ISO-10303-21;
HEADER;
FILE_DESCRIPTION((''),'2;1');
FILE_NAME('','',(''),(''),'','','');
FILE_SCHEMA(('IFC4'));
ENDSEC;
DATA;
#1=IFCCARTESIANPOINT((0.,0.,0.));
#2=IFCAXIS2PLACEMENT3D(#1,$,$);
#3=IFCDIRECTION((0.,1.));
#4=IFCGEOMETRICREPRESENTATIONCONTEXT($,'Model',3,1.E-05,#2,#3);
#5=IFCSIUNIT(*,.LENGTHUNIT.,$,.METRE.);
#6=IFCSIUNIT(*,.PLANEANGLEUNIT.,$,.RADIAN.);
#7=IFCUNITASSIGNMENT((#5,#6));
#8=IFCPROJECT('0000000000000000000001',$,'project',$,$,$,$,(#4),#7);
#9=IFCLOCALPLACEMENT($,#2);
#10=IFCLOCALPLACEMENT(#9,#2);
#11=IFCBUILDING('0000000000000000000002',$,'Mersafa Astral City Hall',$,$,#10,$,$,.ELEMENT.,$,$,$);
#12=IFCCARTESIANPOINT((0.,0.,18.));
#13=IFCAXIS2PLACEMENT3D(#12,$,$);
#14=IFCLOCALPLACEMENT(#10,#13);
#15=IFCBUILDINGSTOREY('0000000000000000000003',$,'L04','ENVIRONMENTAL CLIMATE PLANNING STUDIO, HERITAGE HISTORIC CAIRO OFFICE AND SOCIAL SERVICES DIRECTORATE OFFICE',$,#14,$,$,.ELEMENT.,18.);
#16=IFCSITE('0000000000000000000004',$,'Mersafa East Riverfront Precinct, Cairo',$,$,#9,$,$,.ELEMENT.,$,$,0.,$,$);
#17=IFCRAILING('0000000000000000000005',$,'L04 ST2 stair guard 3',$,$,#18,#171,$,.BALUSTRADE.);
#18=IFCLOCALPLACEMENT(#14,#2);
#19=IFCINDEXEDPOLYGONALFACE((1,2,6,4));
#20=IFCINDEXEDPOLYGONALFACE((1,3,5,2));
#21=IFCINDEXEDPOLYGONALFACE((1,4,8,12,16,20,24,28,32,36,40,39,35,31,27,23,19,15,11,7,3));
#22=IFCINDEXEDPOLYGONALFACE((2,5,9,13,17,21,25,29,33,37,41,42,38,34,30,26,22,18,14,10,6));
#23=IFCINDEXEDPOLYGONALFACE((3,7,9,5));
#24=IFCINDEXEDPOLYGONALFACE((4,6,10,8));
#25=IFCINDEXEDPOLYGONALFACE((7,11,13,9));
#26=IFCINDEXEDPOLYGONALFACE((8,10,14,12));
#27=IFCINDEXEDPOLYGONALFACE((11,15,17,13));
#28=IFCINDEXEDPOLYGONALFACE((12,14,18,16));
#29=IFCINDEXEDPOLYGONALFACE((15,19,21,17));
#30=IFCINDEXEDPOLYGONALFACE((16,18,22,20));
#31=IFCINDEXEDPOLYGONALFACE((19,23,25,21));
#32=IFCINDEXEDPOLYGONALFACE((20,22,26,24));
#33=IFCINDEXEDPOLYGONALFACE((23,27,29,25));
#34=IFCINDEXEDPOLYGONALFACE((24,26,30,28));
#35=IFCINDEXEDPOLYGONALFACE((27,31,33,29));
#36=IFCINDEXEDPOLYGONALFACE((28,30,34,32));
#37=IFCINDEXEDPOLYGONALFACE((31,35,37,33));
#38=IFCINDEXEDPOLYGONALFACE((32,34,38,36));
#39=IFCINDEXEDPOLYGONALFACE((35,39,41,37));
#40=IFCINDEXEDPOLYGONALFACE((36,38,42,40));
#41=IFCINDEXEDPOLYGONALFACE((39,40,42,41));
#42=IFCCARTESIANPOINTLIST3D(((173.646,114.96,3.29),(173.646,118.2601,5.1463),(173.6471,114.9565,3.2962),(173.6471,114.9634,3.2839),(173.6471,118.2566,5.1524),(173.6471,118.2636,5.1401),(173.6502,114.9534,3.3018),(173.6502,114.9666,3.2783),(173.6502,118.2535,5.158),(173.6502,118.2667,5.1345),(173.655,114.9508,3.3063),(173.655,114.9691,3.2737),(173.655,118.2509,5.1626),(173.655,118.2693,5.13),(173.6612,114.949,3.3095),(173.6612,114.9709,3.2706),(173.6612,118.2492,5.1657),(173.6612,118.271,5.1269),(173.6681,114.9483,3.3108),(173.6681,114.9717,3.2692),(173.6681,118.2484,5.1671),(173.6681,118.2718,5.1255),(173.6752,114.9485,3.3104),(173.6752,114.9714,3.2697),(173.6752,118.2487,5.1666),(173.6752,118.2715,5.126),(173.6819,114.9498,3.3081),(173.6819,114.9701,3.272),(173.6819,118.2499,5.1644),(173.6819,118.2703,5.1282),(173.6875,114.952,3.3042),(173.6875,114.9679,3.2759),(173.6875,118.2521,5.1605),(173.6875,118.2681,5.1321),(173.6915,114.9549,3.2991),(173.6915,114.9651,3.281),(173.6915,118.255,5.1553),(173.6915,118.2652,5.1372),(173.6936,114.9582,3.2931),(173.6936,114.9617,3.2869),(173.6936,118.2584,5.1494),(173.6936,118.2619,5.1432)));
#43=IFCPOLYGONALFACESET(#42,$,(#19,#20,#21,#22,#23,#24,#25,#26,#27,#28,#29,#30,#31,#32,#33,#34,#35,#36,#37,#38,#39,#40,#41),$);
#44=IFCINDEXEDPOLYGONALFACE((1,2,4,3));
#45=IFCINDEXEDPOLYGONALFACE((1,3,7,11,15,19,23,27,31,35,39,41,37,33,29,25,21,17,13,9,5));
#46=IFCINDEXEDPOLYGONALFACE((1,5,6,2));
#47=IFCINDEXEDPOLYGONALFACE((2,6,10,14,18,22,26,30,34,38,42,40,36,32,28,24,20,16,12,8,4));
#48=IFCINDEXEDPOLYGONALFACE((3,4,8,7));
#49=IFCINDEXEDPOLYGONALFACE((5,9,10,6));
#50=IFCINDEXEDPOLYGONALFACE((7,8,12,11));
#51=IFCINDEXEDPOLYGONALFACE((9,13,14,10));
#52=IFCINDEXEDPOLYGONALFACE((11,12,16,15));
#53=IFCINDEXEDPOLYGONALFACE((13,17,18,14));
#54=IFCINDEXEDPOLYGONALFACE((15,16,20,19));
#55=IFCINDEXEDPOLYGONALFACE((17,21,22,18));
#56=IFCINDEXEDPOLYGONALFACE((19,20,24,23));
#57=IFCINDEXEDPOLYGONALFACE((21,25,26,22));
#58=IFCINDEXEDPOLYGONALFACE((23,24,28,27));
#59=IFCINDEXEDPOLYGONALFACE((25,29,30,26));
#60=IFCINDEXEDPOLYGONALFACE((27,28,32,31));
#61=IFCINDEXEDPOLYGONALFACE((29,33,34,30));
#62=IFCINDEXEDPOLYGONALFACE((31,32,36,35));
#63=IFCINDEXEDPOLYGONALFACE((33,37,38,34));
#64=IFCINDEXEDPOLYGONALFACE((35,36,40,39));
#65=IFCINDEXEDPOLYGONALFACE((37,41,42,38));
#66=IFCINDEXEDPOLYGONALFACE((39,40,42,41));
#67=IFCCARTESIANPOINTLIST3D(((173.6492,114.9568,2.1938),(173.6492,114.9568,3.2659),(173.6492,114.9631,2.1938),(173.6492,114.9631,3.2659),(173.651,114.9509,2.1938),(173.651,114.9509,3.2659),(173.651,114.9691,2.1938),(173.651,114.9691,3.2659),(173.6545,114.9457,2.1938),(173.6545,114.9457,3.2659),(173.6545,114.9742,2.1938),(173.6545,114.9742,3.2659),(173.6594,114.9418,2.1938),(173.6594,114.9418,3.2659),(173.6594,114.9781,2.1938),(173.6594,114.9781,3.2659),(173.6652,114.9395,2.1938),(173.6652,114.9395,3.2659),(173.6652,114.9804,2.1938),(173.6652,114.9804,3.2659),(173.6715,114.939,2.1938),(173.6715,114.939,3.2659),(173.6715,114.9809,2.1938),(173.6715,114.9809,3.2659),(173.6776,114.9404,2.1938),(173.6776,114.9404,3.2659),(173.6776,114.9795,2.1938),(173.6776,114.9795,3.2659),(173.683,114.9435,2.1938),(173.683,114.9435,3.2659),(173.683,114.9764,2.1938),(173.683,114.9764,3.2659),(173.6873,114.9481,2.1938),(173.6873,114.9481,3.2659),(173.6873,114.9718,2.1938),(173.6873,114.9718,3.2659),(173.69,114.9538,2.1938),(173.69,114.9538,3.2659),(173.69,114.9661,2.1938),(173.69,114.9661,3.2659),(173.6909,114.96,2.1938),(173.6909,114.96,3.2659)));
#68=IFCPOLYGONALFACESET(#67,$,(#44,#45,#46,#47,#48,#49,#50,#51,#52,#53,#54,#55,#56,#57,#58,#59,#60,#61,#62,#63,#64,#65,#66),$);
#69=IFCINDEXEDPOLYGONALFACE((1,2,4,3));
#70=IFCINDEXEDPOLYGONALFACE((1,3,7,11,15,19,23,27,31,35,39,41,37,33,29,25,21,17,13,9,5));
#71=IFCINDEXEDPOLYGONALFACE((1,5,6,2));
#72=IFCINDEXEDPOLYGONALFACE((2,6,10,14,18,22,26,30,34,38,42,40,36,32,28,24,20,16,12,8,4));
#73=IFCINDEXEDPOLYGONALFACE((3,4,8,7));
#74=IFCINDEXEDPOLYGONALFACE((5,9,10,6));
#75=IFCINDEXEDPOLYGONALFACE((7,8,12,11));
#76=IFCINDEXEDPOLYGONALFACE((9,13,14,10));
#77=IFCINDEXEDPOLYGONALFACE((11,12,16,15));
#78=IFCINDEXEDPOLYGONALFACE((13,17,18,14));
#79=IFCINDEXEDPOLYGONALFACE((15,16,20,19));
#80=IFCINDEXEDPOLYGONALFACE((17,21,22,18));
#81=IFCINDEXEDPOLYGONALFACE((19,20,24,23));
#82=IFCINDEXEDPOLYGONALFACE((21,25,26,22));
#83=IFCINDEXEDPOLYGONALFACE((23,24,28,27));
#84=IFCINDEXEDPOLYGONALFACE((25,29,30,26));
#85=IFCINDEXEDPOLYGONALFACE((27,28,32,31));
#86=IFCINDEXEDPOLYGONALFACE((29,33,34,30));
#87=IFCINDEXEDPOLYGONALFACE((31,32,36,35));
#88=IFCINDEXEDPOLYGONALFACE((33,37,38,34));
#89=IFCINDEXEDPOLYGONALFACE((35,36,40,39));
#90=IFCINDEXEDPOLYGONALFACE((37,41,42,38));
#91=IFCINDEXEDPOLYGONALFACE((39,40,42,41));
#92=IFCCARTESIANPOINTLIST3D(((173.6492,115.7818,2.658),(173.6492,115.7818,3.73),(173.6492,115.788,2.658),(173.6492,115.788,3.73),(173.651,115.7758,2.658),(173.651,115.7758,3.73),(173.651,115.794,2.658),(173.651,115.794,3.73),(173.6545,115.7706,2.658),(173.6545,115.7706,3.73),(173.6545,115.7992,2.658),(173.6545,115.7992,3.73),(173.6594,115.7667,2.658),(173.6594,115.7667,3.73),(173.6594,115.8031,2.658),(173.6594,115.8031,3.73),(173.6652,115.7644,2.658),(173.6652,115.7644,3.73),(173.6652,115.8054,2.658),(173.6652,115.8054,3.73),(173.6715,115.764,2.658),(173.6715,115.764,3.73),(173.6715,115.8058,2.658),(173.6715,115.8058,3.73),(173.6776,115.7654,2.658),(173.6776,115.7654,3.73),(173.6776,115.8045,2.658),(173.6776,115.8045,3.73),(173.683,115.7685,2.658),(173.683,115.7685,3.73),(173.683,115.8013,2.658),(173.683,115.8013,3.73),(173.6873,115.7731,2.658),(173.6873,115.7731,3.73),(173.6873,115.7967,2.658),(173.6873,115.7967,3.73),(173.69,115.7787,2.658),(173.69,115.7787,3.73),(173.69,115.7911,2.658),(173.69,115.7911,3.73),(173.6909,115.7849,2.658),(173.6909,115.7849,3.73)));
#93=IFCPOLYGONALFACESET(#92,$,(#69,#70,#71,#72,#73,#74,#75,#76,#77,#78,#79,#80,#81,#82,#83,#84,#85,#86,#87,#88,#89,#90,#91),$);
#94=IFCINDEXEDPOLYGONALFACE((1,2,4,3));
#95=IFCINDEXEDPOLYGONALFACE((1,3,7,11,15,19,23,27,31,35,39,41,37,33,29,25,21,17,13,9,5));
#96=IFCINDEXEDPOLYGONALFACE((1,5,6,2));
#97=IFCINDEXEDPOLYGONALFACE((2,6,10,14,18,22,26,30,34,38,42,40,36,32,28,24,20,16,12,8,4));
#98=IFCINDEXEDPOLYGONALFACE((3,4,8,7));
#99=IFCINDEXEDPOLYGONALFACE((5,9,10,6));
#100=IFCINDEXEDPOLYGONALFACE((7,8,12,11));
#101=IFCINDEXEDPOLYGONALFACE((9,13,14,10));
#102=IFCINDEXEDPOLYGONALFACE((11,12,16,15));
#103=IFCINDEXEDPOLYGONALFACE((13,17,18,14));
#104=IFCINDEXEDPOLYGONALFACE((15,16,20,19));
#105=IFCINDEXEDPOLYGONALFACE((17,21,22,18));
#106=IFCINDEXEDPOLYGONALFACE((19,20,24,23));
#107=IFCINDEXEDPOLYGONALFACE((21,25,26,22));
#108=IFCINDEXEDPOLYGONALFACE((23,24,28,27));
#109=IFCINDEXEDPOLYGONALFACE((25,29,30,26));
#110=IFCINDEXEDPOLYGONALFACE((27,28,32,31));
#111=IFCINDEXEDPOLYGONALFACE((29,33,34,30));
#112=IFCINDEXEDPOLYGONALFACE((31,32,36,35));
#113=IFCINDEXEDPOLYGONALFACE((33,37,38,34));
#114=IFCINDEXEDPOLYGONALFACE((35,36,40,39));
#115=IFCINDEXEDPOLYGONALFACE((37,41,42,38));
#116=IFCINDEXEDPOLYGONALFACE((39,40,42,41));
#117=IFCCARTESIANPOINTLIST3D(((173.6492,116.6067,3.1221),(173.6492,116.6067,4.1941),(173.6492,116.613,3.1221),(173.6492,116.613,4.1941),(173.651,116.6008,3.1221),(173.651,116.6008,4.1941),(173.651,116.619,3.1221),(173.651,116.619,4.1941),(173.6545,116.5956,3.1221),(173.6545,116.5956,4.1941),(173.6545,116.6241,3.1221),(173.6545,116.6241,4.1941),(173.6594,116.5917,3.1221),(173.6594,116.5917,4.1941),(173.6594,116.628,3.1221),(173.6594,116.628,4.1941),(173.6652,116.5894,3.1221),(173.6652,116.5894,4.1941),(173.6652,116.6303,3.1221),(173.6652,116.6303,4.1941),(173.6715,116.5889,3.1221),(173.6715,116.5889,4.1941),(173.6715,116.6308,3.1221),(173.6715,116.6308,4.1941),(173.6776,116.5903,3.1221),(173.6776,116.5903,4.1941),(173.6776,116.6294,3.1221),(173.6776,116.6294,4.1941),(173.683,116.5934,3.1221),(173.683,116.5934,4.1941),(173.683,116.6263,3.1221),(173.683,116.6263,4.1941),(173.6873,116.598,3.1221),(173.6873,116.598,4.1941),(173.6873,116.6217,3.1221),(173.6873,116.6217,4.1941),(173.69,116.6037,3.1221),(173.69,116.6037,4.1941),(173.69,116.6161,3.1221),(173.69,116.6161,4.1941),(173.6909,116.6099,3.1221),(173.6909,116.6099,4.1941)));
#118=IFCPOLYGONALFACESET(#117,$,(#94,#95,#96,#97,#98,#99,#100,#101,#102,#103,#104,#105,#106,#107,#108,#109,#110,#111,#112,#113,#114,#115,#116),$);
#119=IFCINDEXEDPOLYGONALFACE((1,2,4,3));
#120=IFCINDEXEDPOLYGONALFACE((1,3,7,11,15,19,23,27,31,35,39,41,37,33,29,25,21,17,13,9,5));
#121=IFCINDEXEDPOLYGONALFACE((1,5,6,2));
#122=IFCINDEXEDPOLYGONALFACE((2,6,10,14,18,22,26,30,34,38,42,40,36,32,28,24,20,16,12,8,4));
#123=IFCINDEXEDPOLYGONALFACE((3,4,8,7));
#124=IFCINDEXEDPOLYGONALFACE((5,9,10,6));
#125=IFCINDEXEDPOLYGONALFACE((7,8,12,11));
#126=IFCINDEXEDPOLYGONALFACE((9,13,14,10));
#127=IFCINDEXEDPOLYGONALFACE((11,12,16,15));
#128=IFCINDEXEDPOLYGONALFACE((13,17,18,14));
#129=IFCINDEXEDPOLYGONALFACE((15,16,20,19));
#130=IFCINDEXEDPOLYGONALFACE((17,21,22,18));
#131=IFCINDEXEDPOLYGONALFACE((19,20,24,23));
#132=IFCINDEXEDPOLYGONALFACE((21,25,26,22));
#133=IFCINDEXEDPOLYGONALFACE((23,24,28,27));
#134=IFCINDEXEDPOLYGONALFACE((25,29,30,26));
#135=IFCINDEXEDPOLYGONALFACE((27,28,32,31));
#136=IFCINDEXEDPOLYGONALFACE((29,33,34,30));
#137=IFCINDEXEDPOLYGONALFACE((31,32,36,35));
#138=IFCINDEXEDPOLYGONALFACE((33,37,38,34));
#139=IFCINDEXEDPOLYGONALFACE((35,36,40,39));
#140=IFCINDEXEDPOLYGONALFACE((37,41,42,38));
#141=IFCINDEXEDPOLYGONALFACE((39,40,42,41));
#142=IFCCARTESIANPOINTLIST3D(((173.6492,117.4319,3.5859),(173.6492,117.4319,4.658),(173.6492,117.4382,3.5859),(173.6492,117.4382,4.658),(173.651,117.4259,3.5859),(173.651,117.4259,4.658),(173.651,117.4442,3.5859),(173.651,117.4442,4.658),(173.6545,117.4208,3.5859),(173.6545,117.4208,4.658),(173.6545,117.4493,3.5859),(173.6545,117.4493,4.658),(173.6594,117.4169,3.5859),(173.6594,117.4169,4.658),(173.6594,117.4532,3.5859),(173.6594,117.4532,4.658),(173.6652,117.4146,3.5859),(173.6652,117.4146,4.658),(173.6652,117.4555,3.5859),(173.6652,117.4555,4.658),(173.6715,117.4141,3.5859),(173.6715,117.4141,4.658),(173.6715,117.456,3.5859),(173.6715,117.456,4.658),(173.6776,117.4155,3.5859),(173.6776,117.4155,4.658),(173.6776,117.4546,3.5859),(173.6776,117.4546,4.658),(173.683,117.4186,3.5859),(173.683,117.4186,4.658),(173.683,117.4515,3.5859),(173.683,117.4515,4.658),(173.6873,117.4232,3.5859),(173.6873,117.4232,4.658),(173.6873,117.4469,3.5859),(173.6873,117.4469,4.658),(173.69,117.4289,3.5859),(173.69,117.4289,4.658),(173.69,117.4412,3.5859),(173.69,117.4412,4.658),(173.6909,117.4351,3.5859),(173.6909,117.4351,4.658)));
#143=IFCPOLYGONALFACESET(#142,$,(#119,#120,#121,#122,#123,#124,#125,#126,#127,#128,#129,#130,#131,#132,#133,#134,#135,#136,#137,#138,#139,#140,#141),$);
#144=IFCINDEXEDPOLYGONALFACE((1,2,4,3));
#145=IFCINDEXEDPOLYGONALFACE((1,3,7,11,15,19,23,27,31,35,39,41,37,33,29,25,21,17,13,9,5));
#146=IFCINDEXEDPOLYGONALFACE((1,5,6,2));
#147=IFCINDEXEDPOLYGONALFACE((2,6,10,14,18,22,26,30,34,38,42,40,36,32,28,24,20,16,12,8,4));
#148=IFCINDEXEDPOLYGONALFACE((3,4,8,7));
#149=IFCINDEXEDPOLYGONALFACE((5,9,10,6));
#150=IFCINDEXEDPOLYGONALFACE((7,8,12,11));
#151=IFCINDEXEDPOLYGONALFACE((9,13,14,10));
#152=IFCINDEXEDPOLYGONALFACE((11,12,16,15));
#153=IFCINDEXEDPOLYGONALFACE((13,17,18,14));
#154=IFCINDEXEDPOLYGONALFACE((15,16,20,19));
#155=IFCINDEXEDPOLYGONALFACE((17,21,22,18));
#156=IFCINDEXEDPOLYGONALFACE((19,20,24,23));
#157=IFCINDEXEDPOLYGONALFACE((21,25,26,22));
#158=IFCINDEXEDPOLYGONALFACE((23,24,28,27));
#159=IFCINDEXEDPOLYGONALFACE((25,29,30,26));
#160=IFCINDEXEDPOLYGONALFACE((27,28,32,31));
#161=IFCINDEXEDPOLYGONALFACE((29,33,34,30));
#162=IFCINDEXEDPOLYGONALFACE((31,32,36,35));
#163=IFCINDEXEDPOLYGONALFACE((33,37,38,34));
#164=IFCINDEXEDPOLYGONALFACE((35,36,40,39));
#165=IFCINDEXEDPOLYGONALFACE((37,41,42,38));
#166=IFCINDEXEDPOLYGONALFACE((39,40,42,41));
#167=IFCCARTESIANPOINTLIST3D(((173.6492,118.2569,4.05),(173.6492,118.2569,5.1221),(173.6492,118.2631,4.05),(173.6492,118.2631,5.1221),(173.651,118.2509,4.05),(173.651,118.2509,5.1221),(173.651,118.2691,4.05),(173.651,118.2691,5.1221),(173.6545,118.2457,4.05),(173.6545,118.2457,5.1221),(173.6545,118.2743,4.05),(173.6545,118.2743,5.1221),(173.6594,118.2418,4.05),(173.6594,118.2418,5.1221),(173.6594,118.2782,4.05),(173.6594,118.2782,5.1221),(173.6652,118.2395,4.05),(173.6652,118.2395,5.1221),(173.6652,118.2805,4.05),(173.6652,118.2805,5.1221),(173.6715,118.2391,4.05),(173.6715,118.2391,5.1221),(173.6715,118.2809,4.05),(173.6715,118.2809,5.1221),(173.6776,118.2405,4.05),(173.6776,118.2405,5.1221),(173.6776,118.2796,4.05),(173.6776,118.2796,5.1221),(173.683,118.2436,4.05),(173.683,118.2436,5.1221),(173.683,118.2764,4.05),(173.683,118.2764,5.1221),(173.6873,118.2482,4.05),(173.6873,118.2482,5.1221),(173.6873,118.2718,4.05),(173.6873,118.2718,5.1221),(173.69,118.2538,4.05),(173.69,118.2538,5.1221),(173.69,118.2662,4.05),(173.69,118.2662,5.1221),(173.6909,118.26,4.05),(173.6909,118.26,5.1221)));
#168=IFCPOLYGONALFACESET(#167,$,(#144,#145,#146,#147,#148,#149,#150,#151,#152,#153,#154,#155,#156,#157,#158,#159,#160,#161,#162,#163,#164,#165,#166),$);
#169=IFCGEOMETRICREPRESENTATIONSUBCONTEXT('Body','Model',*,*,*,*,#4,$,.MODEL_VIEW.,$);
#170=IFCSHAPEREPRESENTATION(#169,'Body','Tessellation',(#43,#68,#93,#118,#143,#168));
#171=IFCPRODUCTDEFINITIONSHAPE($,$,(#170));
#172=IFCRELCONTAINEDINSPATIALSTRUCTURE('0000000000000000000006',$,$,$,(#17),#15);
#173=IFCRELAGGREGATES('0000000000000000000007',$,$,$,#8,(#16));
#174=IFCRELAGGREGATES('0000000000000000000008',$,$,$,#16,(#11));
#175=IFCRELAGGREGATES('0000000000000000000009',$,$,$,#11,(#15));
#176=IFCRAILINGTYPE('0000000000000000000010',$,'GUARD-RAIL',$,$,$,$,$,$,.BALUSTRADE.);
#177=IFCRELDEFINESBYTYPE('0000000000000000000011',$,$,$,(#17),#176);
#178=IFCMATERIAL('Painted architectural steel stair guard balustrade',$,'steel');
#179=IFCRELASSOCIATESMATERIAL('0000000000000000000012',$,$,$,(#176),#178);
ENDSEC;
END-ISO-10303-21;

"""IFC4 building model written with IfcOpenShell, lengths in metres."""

from ifc_helpers import new_model, si_unit, direction, frame, origin, origin_2d, place, context, subcontext, project, spatial, circle, extrude, material, type_object, element, save


model = new_model("IFC4")

# Units and contexts
model_context = context("Model", 3, precision=1e-05, world=origin(), true_north=direction((0.0, 1.0)))
body_context = subcontext(model_context, "Body", "Model", "MODEL_VIEW")
ifc_project = project(units=[si_unit("LENGTHUNIT", "METRE"), si_unit("PLANEANGLEUNIT", "RADIAN")], contexts=[model_context])

# Site, building, storey
site_placement = place(None, origin())
site = spatial("IfcSite", under=ifc_project, at=site_placement, Name="Mersafa East Riverfront Precinct, Cairo", CompositionType="ELEMENT", RefElevation=0.0)
building_placement = place(site_placement, origin())
building = spatial("IfcBuilding", under=site, at=building_placement, Name="Mersafa Astral City Hall", CompositionType="ELEMENT")
storey_placement = place(building_placement, frame((0.0, 0.0, 18.0)))
storey = spatial("IfcBuildingStorey", under=building, at=storey_placement, Name="L04", Description="ENVIRONMENTAL CLIMATE PLANNING STUDIO, HERITAGE HISTORIC CAIRO OFFICE AND SOCIAL SERVICES DIRECTORATE OFFICE", CompositionType="ELEMENT", Elevation=18.0)

# Railing
ifc_material_1 = material(Name="Painted architectural steel stair guard balustrade", Category="steel")
railing_type_1 = type_object("IfcRailingType", Name="GUARD-RAIL", PredefinedType="BALUSTRADE", material=ifc_material_1)
railing_1_placement = place(storey_placement, frame((173.6699, 114.96, 2.1938)))
element("IfcRailing", 1, at=railing_1_placement, inside=storey, type_object=railing_type_1, Name="L04 ST2 stair guard 3", PredefinedType="BALUSTRADE", context=body_context, shape_type="SweptSolid", body=[
    extrude(circle(Radius=0.0239, at=origin_2d()), frame((0.0, 0.0, 1.0962), z_axis=(0.0, 0.871584, 0.490246), x_axis=(-1.0, 0.0, 0.0)), (0.0, 0.0, 1.0), 3.7864),
    extrude(circle(Radius=0.021, at=origin_2d()), origin(), (0.0, 0.0, 1.0), 1.072),
    extrude(circle(Radius=0.021, at=origin_2d()), frame((0.0, 0.825, 0.4641)), (0.0, 0.0, 1.0), 1.072),
    extrude(circle(Radius=0.021, at=origin_2d()), frame((0.0, 1.6499, 0.9282)), (0.0, 0.0, 1.0), 1.072),
    extrude(circle(Radius=0.021, at=origin_2d()), frame((0.0, 2.4751, 1.3921)), (0.0, 0.0, 1.0), 1.072),
    extrude(circle(Radius=0.021, at=origin_2d()), frame((0.0, 3.3, 1.8562)), (0.0, 0.0, 1.0), 1.072),
])

save(model, "model.ifc")
